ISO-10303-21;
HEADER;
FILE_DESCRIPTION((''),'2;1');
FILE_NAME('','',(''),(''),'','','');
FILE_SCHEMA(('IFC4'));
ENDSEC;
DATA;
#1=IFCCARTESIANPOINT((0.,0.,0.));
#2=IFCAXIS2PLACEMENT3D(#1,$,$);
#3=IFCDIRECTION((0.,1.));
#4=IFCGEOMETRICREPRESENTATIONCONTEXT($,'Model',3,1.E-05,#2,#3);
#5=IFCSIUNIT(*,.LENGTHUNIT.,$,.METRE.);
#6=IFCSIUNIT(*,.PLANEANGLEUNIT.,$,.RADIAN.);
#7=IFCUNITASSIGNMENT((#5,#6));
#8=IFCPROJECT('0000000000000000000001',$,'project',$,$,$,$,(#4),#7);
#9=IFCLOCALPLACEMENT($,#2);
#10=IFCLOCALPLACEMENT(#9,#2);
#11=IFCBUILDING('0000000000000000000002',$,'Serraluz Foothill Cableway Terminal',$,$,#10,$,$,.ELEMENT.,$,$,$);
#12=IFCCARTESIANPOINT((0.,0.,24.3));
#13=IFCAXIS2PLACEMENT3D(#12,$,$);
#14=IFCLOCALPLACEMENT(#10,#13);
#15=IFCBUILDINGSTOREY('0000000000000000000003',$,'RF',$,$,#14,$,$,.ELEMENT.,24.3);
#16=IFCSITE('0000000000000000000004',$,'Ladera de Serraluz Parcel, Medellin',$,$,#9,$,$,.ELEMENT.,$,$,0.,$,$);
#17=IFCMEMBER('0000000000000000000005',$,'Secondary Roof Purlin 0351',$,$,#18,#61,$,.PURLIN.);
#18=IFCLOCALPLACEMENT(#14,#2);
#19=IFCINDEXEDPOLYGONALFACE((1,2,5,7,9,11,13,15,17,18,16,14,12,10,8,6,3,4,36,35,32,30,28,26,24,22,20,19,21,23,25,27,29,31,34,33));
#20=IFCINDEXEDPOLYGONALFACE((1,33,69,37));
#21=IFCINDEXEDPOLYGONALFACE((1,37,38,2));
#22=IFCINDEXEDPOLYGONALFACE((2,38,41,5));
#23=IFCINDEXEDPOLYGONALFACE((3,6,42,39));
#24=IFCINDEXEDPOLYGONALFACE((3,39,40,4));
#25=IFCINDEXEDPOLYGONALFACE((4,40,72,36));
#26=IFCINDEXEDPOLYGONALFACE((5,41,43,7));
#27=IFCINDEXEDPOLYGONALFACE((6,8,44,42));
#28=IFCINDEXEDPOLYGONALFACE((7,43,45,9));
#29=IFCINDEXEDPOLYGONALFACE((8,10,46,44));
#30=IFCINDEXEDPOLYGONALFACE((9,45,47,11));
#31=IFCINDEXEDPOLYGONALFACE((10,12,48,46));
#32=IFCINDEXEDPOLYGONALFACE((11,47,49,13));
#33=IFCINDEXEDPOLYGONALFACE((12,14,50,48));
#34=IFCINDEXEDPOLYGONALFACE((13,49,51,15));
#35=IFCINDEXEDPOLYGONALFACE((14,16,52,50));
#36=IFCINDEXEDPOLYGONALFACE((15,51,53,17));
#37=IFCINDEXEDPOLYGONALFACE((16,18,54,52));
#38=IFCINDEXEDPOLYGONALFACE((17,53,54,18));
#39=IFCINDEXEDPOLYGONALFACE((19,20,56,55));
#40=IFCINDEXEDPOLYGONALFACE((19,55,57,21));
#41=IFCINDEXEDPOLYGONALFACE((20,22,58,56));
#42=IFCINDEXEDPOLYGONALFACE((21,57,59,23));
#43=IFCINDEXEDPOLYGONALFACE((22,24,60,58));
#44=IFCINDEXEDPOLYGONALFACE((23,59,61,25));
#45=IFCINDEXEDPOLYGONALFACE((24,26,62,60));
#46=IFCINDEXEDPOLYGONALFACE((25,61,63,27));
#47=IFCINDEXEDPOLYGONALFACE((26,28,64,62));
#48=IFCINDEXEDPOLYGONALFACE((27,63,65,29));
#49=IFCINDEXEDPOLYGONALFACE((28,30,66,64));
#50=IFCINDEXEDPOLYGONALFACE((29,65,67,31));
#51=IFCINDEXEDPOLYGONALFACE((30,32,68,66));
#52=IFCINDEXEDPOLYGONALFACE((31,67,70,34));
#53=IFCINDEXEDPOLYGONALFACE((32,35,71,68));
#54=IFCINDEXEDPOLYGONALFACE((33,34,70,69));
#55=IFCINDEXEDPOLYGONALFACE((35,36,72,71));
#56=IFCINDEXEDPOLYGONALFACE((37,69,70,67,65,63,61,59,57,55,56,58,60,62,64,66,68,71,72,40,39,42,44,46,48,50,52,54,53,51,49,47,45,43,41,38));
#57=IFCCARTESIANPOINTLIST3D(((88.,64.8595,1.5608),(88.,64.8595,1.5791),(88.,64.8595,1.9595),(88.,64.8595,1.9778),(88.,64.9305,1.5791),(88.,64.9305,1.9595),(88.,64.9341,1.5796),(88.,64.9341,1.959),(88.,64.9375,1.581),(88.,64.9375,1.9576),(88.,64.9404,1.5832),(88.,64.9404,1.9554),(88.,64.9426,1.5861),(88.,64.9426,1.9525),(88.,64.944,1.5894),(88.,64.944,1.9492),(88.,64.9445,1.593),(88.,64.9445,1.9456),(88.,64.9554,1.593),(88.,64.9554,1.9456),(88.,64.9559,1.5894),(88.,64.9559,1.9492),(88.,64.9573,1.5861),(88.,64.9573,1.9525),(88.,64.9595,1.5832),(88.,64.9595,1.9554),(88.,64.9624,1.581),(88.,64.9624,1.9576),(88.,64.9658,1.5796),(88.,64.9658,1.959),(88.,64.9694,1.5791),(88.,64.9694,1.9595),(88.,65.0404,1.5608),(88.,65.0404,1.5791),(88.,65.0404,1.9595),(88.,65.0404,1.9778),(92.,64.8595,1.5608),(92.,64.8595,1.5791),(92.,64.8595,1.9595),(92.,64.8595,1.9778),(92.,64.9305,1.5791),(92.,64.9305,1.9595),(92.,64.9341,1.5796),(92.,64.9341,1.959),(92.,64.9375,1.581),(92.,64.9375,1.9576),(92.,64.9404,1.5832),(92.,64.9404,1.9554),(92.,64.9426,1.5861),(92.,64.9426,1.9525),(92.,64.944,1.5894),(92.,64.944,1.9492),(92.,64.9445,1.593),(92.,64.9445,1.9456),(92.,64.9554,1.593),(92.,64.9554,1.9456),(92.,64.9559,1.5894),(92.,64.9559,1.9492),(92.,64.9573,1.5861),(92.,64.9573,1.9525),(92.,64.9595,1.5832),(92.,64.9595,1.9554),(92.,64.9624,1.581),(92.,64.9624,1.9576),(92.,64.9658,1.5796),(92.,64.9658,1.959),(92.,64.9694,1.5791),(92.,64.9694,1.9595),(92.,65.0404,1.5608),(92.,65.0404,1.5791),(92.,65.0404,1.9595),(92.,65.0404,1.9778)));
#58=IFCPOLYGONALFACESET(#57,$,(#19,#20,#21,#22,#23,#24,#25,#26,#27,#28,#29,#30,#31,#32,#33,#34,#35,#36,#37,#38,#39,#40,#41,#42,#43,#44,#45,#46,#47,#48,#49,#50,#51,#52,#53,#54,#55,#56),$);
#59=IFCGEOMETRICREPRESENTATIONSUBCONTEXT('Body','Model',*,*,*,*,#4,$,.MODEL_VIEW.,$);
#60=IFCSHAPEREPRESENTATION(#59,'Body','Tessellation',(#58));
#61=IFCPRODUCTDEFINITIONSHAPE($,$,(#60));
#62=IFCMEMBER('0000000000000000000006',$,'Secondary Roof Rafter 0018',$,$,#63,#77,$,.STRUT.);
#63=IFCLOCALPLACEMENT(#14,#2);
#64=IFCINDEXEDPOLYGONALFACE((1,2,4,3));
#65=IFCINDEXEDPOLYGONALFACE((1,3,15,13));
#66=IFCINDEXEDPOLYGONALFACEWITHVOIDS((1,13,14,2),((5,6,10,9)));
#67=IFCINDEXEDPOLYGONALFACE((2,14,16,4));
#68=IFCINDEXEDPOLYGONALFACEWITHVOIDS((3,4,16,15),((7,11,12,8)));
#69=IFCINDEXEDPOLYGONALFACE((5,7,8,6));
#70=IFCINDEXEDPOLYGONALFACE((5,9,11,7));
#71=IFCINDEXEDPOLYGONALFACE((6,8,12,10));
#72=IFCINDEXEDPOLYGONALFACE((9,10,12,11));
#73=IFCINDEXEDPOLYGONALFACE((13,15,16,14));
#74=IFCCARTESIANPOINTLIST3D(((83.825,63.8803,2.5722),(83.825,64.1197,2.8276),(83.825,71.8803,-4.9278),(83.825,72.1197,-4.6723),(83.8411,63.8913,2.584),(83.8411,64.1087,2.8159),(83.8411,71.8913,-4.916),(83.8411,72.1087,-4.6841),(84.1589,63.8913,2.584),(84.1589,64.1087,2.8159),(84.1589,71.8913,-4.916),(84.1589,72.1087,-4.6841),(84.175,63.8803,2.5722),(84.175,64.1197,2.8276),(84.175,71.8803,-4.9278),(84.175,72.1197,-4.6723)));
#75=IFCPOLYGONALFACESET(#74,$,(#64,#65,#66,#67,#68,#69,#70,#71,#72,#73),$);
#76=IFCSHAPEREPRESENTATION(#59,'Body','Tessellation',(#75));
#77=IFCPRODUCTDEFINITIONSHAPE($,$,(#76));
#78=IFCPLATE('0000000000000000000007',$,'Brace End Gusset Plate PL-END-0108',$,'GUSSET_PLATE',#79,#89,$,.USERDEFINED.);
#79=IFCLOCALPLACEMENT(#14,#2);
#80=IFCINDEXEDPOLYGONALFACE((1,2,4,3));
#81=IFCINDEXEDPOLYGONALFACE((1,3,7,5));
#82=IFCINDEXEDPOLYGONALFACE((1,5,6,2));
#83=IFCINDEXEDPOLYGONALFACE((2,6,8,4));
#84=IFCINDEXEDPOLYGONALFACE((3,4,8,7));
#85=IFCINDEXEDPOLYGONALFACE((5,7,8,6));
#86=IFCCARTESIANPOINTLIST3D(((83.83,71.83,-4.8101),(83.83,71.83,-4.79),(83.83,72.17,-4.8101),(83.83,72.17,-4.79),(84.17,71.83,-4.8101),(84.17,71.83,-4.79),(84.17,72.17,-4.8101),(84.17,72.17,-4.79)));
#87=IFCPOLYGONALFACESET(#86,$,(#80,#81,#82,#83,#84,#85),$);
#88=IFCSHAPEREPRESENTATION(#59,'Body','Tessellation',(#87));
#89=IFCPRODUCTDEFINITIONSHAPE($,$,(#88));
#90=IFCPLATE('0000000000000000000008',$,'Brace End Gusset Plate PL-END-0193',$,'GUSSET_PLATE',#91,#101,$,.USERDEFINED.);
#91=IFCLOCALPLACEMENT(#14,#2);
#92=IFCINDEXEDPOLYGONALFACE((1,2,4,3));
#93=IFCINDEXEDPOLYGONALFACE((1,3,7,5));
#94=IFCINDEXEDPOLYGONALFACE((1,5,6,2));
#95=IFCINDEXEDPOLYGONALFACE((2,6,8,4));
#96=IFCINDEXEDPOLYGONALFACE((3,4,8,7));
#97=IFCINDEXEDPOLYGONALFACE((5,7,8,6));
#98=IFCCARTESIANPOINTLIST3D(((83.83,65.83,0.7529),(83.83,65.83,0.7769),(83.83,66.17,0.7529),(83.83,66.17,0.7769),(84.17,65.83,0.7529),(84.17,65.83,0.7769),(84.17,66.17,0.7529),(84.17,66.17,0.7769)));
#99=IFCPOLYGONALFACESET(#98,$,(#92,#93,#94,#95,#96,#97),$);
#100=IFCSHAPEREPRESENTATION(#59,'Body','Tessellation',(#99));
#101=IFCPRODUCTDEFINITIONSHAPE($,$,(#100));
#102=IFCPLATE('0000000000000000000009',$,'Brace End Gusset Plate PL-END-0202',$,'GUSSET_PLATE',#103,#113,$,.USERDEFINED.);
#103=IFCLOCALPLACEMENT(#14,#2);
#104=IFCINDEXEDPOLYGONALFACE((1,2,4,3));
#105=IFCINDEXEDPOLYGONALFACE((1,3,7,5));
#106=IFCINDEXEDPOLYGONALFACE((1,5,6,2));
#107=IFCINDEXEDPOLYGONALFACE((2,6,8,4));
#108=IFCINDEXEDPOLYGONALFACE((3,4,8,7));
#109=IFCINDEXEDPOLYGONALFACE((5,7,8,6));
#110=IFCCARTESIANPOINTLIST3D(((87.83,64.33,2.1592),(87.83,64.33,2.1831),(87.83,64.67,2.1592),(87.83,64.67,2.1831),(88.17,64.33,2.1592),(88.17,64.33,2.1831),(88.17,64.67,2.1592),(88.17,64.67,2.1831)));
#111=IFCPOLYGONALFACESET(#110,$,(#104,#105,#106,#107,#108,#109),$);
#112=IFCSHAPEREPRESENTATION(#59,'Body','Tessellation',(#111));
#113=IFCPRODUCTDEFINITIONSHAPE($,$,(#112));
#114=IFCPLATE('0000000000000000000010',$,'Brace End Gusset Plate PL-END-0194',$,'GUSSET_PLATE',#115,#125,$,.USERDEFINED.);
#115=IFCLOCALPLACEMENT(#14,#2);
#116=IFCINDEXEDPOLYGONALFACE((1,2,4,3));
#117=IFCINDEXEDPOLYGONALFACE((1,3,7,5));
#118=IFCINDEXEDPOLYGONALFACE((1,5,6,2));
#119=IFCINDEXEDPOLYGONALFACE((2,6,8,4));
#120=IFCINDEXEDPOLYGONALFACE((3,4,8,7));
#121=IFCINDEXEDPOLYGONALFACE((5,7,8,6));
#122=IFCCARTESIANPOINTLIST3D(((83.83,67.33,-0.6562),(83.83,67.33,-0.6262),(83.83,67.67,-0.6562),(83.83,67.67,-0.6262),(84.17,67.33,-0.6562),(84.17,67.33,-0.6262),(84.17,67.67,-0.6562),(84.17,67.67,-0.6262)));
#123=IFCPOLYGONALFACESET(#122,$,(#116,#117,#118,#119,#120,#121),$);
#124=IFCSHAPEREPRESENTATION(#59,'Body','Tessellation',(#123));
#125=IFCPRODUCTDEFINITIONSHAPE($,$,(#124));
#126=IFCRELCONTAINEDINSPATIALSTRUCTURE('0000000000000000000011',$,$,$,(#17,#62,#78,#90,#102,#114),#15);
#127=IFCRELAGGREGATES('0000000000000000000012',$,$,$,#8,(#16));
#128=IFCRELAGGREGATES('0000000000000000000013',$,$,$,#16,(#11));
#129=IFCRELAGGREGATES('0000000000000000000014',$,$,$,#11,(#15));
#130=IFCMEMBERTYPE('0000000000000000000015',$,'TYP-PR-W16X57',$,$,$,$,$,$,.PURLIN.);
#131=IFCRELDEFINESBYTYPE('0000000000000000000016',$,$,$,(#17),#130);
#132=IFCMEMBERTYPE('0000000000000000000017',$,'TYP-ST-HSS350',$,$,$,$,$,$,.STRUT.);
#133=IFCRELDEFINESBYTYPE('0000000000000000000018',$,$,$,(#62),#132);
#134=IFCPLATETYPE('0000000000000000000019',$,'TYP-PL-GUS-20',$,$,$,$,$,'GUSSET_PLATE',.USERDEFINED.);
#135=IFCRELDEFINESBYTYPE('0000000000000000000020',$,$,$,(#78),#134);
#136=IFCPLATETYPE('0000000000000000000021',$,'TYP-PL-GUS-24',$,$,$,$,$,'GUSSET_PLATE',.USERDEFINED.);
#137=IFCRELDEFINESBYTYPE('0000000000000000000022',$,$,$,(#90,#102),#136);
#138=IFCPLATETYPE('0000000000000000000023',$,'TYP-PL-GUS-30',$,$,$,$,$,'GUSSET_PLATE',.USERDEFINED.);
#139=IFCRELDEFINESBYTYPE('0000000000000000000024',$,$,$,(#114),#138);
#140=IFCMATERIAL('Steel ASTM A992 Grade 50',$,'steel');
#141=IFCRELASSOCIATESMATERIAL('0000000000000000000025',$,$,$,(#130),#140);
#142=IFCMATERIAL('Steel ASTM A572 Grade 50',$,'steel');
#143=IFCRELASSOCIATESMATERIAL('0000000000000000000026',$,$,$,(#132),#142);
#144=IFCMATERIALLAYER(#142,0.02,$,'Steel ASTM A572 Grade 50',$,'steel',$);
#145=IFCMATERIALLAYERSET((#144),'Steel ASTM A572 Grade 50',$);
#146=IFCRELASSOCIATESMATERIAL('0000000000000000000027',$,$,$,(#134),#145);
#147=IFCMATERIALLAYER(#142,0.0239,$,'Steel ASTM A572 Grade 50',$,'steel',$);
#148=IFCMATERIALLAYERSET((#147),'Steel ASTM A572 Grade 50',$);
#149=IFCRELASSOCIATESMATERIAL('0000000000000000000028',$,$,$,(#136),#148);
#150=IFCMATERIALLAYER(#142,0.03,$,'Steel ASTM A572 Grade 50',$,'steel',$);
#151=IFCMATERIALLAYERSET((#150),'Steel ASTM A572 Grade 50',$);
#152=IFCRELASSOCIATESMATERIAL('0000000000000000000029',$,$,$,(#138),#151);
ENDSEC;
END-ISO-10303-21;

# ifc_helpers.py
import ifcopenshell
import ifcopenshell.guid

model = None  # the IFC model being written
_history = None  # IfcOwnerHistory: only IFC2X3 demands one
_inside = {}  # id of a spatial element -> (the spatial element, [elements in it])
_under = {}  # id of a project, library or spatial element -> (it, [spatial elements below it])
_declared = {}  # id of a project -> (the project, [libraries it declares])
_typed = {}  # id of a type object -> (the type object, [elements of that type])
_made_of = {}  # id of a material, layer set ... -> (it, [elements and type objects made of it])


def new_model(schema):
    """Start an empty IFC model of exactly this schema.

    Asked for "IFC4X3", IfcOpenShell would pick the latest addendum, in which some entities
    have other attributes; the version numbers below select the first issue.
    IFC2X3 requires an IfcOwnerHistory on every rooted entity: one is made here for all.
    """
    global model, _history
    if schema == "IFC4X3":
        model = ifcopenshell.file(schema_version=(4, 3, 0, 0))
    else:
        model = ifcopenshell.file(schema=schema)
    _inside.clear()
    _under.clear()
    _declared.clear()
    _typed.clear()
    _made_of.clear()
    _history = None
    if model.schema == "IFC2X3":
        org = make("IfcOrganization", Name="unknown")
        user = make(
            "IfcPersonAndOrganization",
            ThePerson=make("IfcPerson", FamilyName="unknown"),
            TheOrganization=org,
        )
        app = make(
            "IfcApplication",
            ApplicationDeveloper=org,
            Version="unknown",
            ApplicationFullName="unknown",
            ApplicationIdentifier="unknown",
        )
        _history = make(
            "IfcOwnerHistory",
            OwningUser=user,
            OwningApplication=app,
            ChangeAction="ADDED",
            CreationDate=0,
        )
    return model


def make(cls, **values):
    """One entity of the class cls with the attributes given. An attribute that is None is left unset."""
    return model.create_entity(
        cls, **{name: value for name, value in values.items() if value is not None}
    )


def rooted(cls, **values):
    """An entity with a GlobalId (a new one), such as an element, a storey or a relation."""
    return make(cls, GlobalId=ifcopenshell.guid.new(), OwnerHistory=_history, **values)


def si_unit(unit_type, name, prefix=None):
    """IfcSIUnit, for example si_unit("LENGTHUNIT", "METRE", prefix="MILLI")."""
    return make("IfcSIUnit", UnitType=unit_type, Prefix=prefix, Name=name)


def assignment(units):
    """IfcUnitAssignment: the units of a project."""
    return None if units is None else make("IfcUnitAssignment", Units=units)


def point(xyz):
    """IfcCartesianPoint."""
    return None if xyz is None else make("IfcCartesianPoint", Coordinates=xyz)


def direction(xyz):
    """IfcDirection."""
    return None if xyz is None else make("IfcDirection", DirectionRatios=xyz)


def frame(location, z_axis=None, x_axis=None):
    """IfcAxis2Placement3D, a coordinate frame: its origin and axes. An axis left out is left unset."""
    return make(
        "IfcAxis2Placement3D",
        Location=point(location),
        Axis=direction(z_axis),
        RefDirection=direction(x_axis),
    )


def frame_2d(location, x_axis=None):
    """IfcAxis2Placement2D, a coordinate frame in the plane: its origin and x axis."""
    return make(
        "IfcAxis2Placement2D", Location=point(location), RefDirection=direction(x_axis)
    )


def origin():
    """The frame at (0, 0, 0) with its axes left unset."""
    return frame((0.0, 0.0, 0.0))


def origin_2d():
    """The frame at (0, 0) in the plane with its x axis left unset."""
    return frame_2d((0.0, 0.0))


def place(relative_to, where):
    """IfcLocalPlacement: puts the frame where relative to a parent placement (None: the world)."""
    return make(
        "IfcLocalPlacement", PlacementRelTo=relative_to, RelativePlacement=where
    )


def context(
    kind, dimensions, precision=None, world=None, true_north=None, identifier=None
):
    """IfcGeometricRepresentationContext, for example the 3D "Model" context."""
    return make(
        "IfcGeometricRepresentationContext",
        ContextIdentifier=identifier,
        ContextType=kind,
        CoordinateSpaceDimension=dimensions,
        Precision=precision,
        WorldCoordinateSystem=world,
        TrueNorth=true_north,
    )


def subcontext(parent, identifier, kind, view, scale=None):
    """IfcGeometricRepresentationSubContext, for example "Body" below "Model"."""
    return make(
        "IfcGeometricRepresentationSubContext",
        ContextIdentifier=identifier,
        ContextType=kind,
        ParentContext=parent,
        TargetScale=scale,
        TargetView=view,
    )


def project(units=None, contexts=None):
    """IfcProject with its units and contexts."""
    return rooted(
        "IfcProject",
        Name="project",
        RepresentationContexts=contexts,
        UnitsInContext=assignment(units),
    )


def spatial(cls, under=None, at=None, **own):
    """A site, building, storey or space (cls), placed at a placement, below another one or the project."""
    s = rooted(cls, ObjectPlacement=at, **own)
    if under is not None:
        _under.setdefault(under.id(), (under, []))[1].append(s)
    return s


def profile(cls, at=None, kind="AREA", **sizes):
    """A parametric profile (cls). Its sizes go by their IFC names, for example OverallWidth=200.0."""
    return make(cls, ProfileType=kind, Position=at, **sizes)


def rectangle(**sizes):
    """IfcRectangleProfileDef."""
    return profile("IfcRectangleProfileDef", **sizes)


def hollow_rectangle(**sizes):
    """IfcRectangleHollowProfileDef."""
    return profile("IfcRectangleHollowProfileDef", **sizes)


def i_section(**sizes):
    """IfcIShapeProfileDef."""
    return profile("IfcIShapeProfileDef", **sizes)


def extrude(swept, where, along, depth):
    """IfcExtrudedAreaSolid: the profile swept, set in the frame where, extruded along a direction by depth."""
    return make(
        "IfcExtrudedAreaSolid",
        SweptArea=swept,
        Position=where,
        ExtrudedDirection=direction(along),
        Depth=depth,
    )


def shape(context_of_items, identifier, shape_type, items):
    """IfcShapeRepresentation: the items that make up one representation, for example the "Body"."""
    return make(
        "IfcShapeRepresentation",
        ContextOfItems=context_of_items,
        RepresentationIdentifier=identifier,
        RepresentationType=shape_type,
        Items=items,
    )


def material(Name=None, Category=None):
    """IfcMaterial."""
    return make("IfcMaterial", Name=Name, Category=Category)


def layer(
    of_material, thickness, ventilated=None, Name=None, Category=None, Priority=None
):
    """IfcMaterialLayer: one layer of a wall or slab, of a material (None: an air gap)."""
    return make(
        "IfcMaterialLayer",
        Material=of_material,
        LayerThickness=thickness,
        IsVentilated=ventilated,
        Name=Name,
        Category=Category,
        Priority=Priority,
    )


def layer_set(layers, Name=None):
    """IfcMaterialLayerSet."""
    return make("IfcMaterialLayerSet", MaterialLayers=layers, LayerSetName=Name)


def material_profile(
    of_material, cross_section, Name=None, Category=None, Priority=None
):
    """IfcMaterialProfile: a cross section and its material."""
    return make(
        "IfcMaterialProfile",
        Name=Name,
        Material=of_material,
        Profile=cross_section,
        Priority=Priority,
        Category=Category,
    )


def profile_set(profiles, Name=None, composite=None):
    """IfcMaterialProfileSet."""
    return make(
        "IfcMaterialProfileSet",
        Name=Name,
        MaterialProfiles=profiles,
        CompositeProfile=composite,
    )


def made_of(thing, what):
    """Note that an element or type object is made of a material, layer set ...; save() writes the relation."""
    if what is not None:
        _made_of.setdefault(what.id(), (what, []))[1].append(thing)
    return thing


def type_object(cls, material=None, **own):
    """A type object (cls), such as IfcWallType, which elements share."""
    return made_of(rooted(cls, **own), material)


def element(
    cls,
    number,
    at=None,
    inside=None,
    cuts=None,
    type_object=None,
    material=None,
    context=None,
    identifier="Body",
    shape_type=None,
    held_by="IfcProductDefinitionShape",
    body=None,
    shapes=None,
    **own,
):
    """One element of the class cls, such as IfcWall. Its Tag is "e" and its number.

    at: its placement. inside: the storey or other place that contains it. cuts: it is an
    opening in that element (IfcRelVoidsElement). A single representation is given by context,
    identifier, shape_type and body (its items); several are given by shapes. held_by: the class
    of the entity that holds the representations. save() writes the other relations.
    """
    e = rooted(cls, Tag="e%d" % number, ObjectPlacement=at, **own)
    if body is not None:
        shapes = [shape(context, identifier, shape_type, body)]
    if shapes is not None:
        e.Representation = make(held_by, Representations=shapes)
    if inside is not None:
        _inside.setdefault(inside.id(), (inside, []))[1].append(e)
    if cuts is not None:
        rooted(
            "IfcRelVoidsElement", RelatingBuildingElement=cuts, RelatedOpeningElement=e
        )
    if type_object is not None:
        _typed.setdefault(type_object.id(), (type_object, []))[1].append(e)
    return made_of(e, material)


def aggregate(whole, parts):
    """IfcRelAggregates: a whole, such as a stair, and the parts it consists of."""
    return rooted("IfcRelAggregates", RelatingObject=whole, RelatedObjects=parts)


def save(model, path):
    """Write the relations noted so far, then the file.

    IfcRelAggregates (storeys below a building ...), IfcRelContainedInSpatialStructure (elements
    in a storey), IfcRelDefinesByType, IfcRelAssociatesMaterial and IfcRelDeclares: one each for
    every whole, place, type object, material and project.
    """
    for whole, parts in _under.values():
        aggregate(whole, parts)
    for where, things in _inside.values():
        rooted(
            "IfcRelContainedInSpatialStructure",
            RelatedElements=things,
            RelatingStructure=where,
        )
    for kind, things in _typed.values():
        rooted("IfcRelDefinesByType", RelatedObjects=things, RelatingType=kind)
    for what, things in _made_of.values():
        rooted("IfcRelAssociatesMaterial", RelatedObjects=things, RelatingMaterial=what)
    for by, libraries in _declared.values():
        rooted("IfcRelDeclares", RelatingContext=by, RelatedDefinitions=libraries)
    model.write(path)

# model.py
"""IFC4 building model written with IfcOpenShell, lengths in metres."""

from ifc_helpers import new_model, si_unit, direction, frame, origin, origin_2d, place, context, subcontext, project, spatial, rectangle, hollow_rectangle, i_section, extrude, material, layer, layer_set, material_profile, profile_set, type_object, element, save


model = new_model("IFC4")

# Units and contexts
model_context = context("Model", 3, precision=1e-05, world=origin(), true_north=direction((0.0, 1.0)))
body_context = subcontext(model_context, "Body", "Model", "MODEL_VIEW")
ifc_project = project(units=[si_unit("LENGTHUNIT", "METRE"), si_unit("PLANEANGLEUNIT", "RADIAN")], contexts=[model_context])

# Site, building, storey
site_placement = place(None, origin())
site = spatial("IfcSite", under=ifc_project, at=site_placement, Name="Ladera de Serraluz Parcel, Medellin", CompositionType="ELEMENT", RefElevation=0.0)
building_placement = place(site_placement, origin())
building = spatial("IfcBuilding", under=site, at=building_placement, Name="Serraluz Foothill Cableway Terminal", CompositionType="ELEMENT")
storey_placement = place(building_placement, frame((0.0, 0.0, 24.3)))
storey = spatial("IfcBuildingStorey", under=building, at=storey_placement, Name="RF", CompositionType="ELEMENT", Elevation=24.3)

# Members
ifc_material_1 = material(Name="Steel ASTM A572 Grade 50", Category="steel")
ifc_material_2 = material(Name="Steel ASTM A992 Grade 50", Category="steel")
ifc_material_profile_1 = material_profile(ifc_material_2, i_section(OverallWidth=0.1809, OverallDepth=0.417, WebThickness=0.011, FlangeThickness=0.0183, FilletRadius=0.0139, at=origin_2d()), Name="W16X57")
ifc_profile_set_1 = profile_set([ifc_material_profile_1], Name="Steel ASTM A992 Grade 50")
member_type_1 = type_object("IfcMemberType", Name="TYP-PR-W16X57", PredefinedType="PURLIN", material=ifc_profile_set_1)
for number, where, z_axis, x_axis, name in (
    (1, (88.0, 64.95, 1.7693), (1.0, 0.0, 0.0), (0.0, 1.0, 0.0), "Secondary Roof Purlin 0351"),
):
    element("IfcMember", number, at=place(storey_placement, frame(where, z_axis=z_axis, x_axis=x_axis)), inside=storey, type_object=member_type_1, Name=name, PredefinedType="PURLIN", context=body_context, shape_type="SweptSolid", body=[
        extrude(i_section(OverallWidth=0.1809, OverallDepth=0.417, WebThickness=0.011, FlangeThickness=0.0183, FilletRadius=0.0139, at=origin_2d()), origin(), (0.0, 0.0, 1.0), 4.0),
    ])
ifc_material_profile_2 = material_profile(ifc_material_1, hollow_rectangle(XDim=0.3501, YDim=0.3501, WallThickness=0.0161, at=origin_2d()), Name="HSS350X350X16")
ifc_profile_set_2 = profile_set([ifc_material_profile_2], Name="Steel ASTM A572 Grade 50")
member_type_2 = type_object("IfcMemberType", Name="TYP-ST-HSS350", PredefinedType="STRUT", material=ifc_profile_set_2)
member_1_placement = place(storey_placement, frame((84.0, 72.0, -4.8), z_axis=(0.0, -0.729537, 0.683941), x_axis=(1.0, 0.0, 0.0)))
element("IfcMember", 2, at=member_1_placement, inside=storey, type_object=member_type_2, Name="Secondary Roof Rafter 0018", PredefinedType="STRUT", context=body_context, shape_type="SweptSolid", body=[
    extrude(hollow_rectangle(XDim=0.3501, YDim=0.3501, WallThickness=0.0161, at=origin_2d()), origin(), (0.0, 0.0, 1.0), 10.9658),
])

# Plates
ifc_layer_1 = layer(ifc_material_1, 0.02, Name="Steel ASTM A572 Grade 50", Category="steel")
ifc_layer_set_1 = layer_set([ifc_layer_1], Name="Steel ASTM A572 Grade 50")
plate_type_1 = type_object("IfcPlateType", Name="TYP-PL-GUS-20", ElementType="GUSSET_PLATE", PredefinedType="USERDEFINED", material=ifc_layer_set_1)
plate_1_placement = place(storey_placement, frame((84.0, 72.0, -4.8101), z_axis=(0.0, 0.0, 1.0), x_axis=(1.0, 0.0, 0.0)))
element("IfcPlate", 3, at=plate_1_placement, inside=storey, type_object=plate_type_1, Name="Brace End Gusset Plate PL-END-0108", ObjectType="GUSSET_PLATE", PredefinedType="USERDEFINED", context=body_context, shape_type="SweptSolid", body=[
    extrude(rectangle(XDim=0.3401, YDim=0.3401, at=origin_2d()), origin(), (0.0, 0.0, 1.0), 0.02),
])
ifc_layer_2 = layer(ifc_material_1, 0.0239, Name="Steel ASTM A572 Grade 50", Category="steel")
ifc_layer_set_2 = layer_set([ifc_layer_2], Name="Steel ASTM A572 Grade 50")
plate_type_2 = type_object("IfcPlateType", Name="TYP-PL-GUS-24", ElementType="GUSSET_PLATE", PredefinedType="USERDEFINED", material=ifc_layer_set_2)
for number, where, z_axis, x_axis, name in (
    (4, (84.0, 66.0, 0.7529), (0.0, 0.0, 1.0), (1.0, 0.0, 0.0), "Brace End Gusset Plate PL-END-0193"),
    (5, (88.0, 64.5, 2.1592), (0.0, 0.0, 1.0), (1.0, 0.0, 0.0), "Brace End Gusset Plate PL-END-0202"),
):
    element("IfcPlate", number, at=place(storey_placement, frame(where, z_axis=z_axis, x_axis=x_axis)), inside=storey, type_object=plate_type_2, Name=name, ObjectType="GUSSET_PLATE", PredefinedType="USERDEFINED", context=body_context, shape_type="SweptSolid", body=[
        extrude(rectangle(XDim=0.3401, YDim=0.3401, at=origin_2d()), origin(), (0.0, 0.0, 1.0), 0.0239),
    ])
ifc_layer_3 = layer(ifc_material_1, 0.03, Name="Steel ASTM A572 Grade 50", Category="steel")
ifc_layer_set_3 = layer_set([ifc_layer_3], Name="Steel ASTM A572 Grade 50")
plate_type_3 = type_object("IfcPlateType", Name="TYP-PL-GUS-30", ElementType="GUSSET_PLATE", PredefinedType="USERDEFINED", material=ifc_layer_set_3)
plate_2_placement = place(storey_placement, frame((84.0, 67.5, -0.6562), z_axis=(0.0, 0.0, 1.0), x_axis=(1.0, 0.0, 0.0)))
element("IfcPlate", 6, at=plate_2_placement, inside=storey, type_object=plate_type_3, Name="Brace End Gusset Plate PL-END-0194", ObjectType="GUSSET_PLATE", PredefinedType="USERDEFINED", context=body_context, shape_type="SweptSolid", body=[
    extrude(rectangle(XDim=0.3401, YDim=0.3401, at=origin_2d()), origin(), (0.0, 0.0, 1.0), 0.03),
])

save(model, "model.ifc")
